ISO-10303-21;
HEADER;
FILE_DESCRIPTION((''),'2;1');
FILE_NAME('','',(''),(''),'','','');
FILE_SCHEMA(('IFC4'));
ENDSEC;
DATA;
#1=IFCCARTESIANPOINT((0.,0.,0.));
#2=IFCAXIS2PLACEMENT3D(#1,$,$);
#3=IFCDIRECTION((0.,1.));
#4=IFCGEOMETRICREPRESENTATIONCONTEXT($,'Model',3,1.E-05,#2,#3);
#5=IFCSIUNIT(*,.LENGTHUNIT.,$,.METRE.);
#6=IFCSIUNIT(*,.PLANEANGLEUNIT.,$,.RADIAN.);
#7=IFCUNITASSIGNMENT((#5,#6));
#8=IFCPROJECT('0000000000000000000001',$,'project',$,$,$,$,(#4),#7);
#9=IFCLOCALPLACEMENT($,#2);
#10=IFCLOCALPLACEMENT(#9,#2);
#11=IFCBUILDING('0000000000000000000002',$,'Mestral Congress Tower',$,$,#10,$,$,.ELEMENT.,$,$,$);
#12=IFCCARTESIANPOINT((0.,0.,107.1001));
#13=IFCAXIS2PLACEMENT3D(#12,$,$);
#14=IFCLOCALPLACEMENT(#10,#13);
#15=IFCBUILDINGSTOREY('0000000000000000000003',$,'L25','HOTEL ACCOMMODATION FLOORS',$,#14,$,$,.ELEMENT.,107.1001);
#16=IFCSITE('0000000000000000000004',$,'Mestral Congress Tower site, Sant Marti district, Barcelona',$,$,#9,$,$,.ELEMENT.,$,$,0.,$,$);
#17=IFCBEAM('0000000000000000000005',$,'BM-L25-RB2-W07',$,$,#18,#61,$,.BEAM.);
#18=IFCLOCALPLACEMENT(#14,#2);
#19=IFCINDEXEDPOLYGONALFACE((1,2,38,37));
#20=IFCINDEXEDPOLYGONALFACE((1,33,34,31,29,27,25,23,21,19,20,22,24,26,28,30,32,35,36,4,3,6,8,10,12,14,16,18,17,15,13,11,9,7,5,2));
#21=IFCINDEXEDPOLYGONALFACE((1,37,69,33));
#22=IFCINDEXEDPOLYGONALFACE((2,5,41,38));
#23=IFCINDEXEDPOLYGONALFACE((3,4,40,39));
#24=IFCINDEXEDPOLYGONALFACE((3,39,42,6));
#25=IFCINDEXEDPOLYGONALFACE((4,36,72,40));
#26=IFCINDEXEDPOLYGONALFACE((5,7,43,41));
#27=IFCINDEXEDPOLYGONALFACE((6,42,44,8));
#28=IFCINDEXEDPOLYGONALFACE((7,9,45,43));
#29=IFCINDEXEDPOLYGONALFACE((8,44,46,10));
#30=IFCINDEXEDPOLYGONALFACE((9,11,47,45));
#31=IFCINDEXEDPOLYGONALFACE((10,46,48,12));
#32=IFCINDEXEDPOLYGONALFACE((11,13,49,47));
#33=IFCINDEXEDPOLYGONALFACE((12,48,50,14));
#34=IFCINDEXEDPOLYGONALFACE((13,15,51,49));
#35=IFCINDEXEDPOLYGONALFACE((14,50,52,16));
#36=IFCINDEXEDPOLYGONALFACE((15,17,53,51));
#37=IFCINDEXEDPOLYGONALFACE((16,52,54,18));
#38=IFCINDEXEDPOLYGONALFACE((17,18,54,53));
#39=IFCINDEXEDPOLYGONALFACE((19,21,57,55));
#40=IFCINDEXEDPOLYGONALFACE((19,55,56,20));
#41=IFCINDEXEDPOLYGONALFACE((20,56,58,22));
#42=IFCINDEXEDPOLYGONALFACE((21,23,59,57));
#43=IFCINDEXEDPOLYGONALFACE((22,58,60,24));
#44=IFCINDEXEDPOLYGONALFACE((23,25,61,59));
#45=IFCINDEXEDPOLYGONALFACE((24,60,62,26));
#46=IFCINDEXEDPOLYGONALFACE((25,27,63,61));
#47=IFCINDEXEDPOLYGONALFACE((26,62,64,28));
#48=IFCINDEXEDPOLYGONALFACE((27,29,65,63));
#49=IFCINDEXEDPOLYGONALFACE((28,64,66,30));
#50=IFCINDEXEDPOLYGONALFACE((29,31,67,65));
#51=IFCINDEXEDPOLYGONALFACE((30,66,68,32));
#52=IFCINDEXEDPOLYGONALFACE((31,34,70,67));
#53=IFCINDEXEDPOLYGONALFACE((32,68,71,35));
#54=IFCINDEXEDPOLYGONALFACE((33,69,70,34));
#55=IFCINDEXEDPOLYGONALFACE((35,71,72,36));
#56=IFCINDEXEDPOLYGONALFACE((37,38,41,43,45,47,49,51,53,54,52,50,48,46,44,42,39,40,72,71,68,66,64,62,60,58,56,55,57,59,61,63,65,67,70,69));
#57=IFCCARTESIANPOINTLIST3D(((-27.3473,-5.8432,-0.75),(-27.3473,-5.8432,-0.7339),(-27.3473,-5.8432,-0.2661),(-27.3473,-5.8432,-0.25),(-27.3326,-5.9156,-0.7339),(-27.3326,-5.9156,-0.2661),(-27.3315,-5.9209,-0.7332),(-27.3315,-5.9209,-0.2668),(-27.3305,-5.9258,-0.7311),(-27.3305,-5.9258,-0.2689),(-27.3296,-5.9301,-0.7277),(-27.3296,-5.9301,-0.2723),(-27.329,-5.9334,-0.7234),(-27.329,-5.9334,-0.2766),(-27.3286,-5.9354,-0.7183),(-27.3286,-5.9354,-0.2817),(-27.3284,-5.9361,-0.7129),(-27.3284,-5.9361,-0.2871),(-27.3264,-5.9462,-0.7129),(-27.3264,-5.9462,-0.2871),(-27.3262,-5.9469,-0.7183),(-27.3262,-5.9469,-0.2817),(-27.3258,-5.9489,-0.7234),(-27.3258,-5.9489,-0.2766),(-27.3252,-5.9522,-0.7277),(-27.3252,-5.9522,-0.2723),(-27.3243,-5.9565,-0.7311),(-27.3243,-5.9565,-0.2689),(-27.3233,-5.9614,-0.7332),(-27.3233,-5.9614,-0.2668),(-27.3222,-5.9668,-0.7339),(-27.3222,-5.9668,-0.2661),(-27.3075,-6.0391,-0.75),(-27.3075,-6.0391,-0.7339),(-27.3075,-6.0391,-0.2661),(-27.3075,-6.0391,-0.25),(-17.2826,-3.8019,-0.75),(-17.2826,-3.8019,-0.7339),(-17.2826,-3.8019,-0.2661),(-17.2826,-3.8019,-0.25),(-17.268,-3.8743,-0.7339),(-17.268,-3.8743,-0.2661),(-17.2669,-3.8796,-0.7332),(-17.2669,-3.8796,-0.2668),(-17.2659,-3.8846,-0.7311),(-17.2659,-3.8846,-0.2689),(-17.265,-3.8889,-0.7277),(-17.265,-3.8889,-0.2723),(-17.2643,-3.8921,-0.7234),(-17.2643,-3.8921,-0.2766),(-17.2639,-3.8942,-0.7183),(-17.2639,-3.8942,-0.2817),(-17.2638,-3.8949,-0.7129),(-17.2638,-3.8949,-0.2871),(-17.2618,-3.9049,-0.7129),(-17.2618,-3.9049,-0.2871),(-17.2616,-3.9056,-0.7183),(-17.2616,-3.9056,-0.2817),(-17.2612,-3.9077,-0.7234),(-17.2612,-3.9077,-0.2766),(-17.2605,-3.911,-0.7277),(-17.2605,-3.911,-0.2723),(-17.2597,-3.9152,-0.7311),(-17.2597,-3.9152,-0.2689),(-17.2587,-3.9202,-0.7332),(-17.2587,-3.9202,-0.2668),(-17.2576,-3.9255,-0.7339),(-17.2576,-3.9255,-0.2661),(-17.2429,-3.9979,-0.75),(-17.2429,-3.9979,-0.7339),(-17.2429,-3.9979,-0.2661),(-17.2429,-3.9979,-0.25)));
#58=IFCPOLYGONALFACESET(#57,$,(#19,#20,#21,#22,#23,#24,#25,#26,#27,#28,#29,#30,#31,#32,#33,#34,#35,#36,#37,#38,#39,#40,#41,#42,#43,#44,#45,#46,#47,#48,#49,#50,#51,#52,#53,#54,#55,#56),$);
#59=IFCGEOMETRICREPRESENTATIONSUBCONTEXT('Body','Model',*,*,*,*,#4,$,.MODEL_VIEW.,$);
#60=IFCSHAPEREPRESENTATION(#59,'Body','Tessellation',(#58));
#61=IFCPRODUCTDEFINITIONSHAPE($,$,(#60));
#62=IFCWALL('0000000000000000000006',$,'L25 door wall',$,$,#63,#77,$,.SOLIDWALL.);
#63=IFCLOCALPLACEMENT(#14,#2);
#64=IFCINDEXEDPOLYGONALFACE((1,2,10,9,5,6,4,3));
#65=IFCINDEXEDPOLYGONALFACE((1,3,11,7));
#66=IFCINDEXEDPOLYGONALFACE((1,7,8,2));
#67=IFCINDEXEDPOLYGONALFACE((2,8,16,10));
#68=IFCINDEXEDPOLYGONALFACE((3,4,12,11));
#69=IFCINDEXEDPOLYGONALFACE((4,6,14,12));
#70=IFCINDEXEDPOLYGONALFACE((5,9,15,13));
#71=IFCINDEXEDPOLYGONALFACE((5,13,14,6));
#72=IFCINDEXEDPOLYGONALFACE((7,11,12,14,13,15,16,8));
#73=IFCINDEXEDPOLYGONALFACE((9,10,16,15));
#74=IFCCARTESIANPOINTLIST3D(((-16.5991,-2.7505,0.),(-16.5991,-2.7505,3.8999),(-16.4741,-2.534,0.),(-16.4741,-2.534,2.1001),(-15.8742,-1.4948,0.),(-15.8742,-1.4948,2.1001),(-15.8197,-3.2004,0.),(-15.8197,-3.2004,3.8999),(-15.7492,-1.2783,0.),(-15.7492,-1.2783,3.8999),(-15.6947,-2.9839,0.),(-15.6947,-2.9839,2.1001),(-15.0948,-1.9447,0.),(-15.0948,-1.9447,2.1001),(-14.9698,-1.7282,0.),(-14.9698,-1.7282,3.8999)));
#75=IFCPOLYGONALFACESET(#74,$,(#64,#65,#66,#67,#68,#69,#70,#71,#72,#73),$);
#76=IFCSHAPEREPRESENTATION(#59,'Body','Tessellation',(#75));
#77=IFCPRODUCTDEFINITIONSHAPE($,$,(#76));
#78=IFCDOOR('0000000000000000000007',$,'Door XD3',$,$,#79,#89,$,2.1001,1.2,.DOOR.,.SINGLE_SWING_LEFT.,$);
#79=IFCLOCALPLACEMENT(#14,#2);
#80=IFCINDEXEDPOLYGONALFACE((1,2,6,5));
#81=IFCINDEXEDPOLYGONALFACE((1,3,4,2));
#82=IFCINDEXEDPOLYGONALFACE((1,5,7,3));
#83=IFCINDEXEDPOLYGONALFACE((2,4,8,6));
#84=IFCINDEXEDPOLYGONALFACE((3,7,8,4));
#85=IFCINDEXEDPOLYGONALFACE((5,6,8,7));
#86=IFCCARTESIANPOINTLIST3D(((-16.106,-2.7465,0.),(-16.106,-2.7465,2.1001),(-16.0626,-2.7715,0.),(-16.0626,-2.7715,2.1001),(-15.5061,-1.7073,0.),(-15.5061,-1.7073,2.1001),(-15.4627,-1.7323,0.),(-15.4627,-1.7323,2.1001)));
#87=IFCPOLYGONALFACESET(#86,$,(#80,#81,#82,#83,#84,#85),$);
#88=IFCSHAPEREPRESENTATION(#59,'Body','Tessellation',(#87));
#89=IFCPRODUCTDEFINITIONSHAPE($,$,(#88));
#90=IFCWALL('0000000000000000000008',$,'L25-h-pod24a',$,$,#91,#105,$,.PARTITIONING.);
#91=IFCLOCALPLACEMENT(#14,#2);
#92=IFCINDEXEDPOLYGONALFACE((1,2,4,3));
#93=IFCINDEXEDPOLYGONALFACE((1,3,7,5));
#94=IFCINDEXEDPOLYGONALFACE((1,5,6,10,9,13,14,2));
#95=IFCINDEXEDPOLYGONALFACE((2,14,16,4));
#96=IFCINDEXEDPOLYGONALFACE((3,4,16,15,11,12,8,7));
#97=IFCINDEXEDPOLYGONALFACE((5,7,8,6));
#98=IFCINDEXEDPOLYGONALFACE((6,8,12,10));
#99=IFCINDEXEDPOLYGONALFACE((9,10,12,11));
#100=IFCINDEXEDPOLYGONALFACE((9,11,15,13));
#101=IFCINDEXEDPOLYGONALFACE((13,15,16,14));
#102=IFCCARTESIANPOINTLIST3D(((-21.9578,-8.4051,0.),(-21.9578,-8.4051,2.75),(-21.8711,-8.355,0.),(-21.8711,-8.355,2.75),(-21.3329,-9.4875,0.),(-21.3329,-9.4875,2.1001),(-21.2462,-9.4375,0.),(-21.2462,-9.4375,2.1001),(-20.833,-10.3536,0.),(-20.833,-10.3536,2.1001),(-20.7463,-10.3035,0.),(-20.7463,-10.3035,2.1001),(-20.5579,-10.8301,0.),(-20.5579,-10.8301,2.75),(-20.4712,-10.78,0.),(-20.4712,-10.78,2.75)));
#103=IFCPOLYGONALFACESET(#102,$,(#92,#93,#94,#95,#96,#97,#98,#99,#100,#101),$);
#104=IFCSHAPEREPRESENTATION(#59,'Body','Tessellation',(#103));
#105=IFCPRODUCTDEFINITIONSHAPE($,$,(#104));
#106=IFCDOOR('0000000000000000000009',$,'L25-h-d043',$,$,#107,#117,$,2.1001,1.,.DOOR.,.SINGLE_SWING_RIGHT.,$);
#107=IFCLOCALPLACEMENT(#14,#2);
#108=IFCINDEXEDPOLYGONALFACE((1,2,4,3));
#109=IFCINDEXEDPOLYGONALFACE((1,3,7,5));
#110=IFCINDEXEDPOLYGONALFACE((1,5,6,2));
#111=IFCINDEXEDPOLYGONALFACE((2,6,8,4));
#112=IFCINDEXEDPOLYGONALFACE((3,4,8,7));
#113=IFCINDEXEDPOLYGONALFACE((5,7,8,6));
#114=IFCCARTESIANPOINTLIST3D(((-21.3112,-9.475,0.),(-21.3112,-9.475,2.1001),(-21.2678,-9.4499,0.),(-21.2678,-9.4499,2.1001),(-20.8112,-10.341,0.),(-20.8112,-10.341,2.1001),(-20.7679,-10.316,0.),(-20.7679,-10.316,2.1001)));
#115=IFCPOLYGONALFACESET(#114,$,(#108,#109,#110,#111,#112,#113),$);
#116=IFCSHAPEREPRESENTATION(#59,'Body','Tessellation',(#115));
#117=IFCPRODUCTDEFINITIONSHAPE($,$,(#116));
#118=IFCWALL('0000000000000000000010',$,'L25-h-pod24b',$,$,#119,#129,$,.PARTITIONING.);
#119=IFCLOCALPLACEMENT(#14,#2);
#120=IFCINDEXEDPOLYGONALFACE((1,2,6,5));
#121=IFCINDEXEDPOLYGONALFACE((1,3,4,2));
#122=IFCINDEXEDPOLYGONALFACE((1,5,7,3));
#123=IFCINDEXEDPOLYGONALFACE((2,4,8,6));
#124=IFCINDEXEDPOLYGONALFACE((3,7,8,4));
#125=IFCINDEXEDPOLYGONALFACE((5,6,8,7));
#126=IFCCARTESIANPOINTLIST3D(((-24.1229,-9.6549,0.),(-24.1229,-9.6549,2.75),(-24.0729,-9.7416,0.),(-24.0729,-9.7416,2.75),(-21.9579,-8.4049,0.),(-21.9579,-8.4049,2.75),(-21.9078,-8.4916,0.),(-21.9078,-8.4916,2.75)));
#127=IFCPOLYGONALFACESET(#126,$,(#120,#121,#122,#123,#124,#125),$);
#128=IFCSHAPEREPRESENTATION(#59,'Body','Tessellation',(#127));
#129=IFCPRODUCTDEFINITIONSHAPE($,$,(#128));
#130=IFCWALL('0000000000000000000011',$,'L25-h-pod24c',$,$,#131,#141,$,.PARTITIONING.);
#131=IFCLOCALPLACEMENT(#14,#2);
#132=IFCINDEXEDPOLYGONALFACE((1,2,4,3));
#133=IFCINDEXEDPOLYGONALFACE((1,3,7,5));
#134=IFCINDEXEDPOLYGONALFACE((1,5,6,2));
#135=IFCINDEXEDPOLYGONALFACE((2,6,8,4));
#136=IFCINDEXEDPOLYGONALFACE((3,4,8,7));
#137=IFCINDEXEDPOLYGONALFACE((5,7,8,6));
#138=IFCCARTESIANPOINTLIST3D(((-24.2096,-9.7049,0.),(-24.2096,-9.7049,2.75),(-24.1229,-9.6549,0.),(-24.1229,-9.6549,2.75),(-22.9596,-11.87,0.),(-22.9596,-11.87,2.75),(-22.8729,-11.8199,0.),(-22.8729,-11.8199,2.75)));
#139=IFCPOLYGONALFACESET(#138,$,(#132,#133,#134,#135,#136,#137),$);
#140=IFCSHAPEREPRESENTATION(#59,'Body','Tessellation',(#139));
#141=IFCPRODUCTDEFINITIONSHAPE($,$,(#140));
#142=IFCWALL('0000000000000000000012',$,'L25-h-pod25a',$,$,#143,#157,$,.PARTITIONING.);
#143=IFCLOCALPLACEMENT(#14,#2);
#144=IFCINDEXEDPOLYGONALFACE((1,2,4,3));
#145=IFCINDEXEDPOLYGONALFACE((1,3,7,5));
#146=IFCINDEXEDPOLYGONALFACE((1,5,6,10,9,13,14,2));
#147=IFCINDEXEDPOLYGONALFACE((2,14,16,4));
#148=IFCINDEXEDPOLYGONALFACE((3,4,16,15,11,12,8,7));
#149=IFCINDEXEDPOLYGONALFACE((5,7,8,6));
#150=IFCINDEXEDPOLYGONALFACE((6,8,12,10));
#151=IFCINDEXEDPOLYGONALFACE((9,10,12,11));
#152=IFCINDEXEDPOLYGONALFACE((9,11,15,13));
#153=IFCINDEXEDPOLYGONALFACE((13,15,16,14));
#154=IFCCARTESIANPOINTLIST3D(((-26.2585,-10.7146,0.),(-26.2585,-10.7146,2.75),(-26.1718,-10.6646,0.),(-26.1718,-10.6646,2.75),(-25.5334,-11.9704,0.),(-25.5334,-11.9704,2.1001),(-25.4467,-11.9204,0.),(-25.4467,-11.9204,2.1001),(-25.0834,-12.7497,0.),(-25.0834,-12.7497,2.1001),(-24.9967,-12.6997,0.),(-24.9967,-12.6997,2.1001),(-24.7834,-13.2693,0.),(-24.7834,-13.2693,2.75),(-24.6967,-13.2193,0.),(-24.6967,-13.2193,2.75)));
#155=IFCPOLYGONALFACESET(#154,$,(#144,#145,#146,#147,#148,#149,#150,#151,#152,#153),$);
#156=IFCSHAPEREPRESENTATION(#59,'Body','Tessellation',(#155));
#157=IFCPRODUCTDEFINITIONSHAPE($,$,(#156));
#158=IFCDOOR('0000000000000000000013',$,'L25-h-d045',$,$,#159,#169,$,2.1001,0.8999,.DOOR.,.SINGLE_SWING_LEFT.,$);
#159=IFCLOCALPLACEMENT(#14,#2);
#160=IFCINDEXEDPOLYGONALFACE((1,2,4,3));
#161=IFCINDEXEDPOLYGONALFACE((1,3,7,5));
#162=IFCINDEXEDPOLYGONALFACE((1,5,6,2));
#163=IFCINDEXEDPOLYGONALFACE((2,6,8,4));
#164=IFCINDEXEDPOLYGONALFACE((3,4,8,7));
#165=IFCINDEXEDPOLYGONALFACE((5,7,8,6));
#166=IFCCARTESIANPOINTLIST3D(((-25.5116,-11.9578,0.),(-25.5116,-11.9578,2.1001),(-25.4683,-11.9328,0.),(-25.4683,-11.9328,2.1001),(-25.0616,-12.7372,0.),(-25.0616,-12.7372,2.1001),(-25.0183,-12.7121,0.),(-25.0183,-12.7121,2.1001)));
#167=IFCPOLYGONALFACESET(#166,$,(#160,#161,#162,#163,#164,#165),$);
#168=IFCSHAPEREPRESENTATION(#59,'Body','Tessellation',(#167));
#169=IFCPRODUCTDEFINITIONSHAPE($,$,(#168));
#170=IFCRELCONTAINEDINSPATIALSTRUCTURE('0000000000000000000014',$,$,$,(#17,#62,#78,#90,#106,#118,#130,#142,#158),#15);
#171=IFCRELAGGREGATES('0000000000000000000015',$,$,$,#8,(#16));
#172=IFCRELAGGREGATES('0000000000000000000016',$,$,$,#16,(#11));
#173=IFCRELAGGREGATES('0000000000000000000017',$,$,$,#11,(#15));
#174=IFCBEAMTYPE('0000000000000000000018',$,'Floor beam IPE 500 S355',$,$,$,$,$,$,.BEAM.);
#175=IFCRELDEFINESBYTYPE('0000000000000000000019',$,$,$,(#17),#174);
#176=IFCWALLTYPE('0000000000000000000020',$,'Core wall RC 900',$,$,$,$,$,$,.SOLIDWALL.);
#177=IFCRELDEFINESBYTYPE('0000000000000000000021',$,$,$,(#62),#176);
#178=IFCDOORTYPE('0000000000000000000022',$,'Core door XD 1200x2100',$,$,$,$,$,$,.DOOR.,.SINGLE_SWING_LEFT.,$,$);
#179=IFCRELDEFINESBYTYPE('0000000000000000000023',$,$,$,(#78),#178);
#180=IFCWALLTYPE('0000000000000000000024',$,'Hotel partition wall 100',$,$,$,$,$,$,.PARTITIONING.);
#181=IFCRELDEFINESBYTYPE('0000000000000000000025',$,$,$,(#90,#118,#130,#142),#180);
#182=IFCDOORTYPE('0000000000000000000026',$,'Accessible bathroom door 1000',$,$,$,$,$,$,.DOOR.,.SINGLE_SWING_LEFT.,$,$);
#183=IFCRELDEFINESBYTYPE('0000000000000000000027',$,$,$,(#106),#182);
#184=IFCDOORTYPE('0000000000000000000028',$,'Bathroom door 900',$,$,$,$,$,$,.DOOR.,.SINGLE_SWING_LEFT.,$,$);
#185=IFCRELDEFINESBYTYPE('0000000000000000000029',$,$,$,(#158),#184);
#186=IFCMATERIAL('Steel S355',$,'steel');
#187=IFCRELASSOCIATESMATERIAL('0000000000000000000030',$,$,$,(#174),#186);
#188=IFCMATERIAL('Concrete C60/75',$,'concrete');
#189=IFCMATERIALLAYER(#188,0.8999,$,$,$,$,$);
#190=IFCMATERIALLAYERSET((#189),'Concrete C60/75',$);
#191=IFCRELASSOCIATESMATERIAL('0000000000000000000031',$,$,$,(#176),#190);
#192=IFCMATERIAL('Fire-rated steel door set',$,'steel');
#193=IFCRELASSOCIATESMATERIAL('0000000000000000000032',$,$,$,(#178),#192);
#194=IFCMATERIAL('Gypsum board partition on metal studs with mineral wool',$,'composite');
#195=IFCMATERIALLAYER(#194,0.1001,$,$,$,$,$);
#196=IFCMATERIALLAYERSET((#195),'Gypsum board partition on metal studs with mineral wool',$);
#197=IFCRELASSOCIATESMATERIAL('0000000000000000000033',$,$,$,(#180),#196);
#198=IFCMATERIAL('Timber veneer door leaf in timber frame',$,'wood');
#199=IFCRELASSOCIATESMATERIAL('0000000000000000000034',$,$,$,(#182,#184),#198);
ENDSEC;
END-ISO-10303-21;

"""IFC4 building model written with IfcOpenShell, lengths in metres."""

from ifc_helpers import new_model, si_unit, direction, frame, frame_2d, origin, origin_2d, place, context, subcontext, project, spatial, rectangle, i_section, extrude, material, layer, layer_set, material_profile, profile_set, type_object, element, fill, save


model = new_model("IFC4")

# Units and contexts
model_context = context("Model", 3, precision=1e-05, world=origin(), true_north=direction((0.0, 1.0)))
body_context = subcontext(model_context, "Body", "Model", "MODEL_VIEW")
ifc_project = project(units=[si_unit("LENGTHUNIT", "METRE"), si_unit("PLANEANGLEUNIT", "RADIAN")], contexts=[model_context])

# Site, building, storey
site_placement = place(None, origin())
site = spatial("IfcSite", under=ifc_project, at=site_placement, Name="Mestral Congress Tower site, Sant Marti district, Barcelona", CompositionType="ELEMENT", RefElevation=0.0)
building_placement = place(site_placement, origin())
building = spatial("IfcBuilding", under=site, at=building_placement, Name="Mestral Congress Tower", CompositionType="ELEMENT")
storey_placement = place(building_placement, frame((0.0, 0.0, 107.1001)))
storey = spatial("IfcBuildingStorey", under=building, at=storey_placement, Name="L25", Description="HOTEL ACCOMMODATION FLOORS", CompositionType="ELEMENT", Elevation=107.1001)

# Beam
ifc_material_1 = material(Name="Steel S355", Category="steel")
ifc_material_profile = material_profile(ifc_material_1, i_section(OverallWidth=0.2, OverallDepth=0.5, WebThickness=0.0103, FlangeThickness=0.0161, FilletRadius=0.021, at=origin_2d()), Name="IPE 500")
ifc_profile_set = profile_set([ifc_material_profile], Name="Steel S355")
beam_type = type_object("IfcBeamType", Name="Floor beam IPE 500 S355", PredefinedType="BEAM", material=ifc_profile_set)
beam_placement = place(storey_placement, frame((-27.3274, -5.9412, -0.5), z_axis=(0.980047, 0.198767, 0.0), x_axis=(-0.198767, 0.980047, 0.0)))
element("IfcBeam", 1, at=beam_placement, inside=storey, type_object=beam_type, Name="BM-L25-RB2-W07", PredefinedType="BEAM", context=body_context, shape_type="SweptSolid", body=[
    extrude(i_section(OverallWidth=0.2, OverallDepth=0.5, WebThickness=0.0103, FlangeThickness=0.0161, FilletRadius=0.021, at=origin_2d()), origin(), (0.0, 0.0, 1.0), 10.2695),
])

# Walls, openings, doors
ifc_material_2 = material(Name="Concrete C60/75", Category="concrete")
ifc_layer_1 = layer(ifc_material_2, 0.8999)
ifc_layer_set_1 = layer_set([ifc_layer_1], Name="Concrete C60/75")
wall_type_1 = type_object("IfcWallType", Name="Core wall RC 900", PredefinedType="SOLIDWALL", material=ifc_layer_set_1)
wall_1_placement = place(storey_placement, frame((-16.2095, -2.9756, 0.0), z_axis=(0.0, 0.0, 1.0), x_axis=(0.499955, 0.866052, 0.0)))
wall_1 = element("IfcWall", 2, at=wall_1_placement, inside=storey, type_object=wall_type_1, Name="L25 door wall", PredefinedType="SOLIDWALL", context=body_context, shape_type="SweptSolid", body=[
    extrude(rectangle(XDim=1.7, YDim=0.8999, at=frame_2d((0.8501, 0.0))), origin(), (0.0, 0.0, 1.0), 3.8999),
])
opening_1_placement = place(wall_1_placement, frame((0.25, 0.0, 0.0)))
opening_1 = element("IfcOpeningElement", 3, at=opening_1_placement, cuts=wall_1, PredefinedType="OPENING", context=body_context, shape_type="SweptSolid", body=[
    extrude(rectangle(XDim=1.2, YDim=2.1001, at=frame_2d((0.6001, 1.05))), frame((0.0, 0.46, 0.0), z_axis=(0.0, -1.0, 0.0), x_axis=(1.0, 0.0, 0.0)), (0.0, 0.0, 1.0), 0.9199),
])
ifc_material_3 = material(Name="Fire-rated steel door set", Category="steel")
door_type_1 = type_object("IfcDoorType", Name="Core door XD 1200x2100", OperationType="SINGLE_SWING_LEFT", PredefinedType="DOOR", material=ifc_material_3)
door_1_placement = place(opening_1_placement, origin())
door_1 = element("IfcDoor", 4, at=door_1_placement, inside=storey, type_object=door_type_1, Name="Door XD3", OperationType="SINGLE_SWING_LEFT", OverallHeight=2.1001, OverallWidth=1.2, PredefinedType="DOOR", context=body_context, shape_type="SweptSolid", body=[
    extrude(rectangle(XDim=1.2, YDim=2.1001, at=frame_2d((0.6001, 1.05))), frame((0.0, 0.0249, 0.0), z_axis=(0.0, -1.0, 0.0), x_axis=(1.0, 0.0, 0.0)), (0.0, 0.0, 1.0), 0.05),
])
fill(opening_1, door_1)
ifc_material_4 = material(Name="Gypsum board partition on metal studs with mineral wool", Category="composite")
ifc_layer_2 = layer(ifc_material_4, 0.1001)
ifc_layer_set_2 = layer_set([ifc_layer_2], Name="Gypsum board partition on metal studs with mineral wool")
wall_type_2 = type_object("IfcWallType", Name="Hotel partition wall 100", PredefinedType="PARTITIONING", material=ifc_layer_set_2)
wall_2_placement = place(storey_placement, frame((-20.5146, -10.8049, 0.0), z_axis=(0.0, 0.0, 1.0), x_axis=(-0.499946, 0.866056, 0.0)))
wall_2 = element("IfcWall", 5, at=wall_2_placement, inside=storey, type_object=wall_type_2, Name="L25-h-pod24a", PredefinedType="PARTITIONING", context=body_context, shape_type="SweptSolid", body=[
    extrude(rectangle(XDim=2.8, YDim=0.1001, at=frame_2d((1.3999, 0.0))), origin(), (0.0, 0.0, 1.0), 2.75),
])
opening_2_placement = place(wall_2_placement, frame((0.55, 0.0, 0.0)))
opening_2 = element("IfcOpeningElement", 6, at=opening_2_placement, cuts=wall_2, PredefinedType="OPENING", context=body_context, shape_type="SweptSolid", body=[
    extrude(rectangle(XDim=1.0, YDim=2.1001, at=frame_2d((0.5, 1.05))), frame((0.0, 0.0601, 0.0), z_axis=(0.0, -1.0, 0.0), x_axis=(1.0, 0.0, 0.0)), (0.0, 0.0, 1.0), 0.1201),
])
ifc_material_5 = material(Name="Timber veneer door leaf in timber frame", Category="wood")
door_type_2 = type_object("IfcDoorType", Name="Accessible bathroom door 1000", OperationType="SINGLE_SWING_LEFT", PredefinedType="DOOR", material=ifc_material_5)
door_2_placement = place(opening_2_placement, origin())
door_2 = element("IfcDoor", 7, at=door_2_placement, inside=storey, type_object=door_type_2, Name="L25-h-d043", OperationType="SINGLE_SWING_RIGHT", OverallHeight=2.1001, OverallWidth=1.0, PredefinedType="DOOR", context=body_context, shape_type="SweptSolid", body=[
    extrude(rectangle(XDim=1.0, YDim=2.1001, at=frame_2d((0.5, 1.05))), frame((0.0, 0.0249, 0.0), z_axis=(0.0, -1.0, 0.0), x_axis=(1.0, 0.0, 0.0)), (0.0, 0.0, 1.0), 0.05),
])
fill(opening_2, door_2)

# Walls
for number, where, z_axis, x_axis, name in (
    (8, (-21.9329, -8.4482, 0.0), (0.0, 0.0, 1.0), (-0.866023, -0.500004, 0.0), "L25-h-pod24b"),
    (9, (-22.9163, -11.845, 0.0), (0.0, 0.0, 1.0), (-0.500004, 0.866023, 0.0), "L25-h-pod24c"),
):
    element("IfcWall", number, at=place(storey_placement, frame(where, z_axis=z_axis, x_axis=x_axis)), inside=storey, type_object=wall_type_2, Name=name, PredefinedType="PARTITIONING", context=body_context, shape_type="SweptSolid", body=[
        extrude(rectangle(XDim=2.5, YDim=0.1001, at=frame_2d((1.25, 0.0))), origin(), (0.0, 0.0, 1.0), 2.75),
    ])

# Wall, opening, door
wall_3_placement = place(storey_placement, frame((-24.74, -13.2444, 0.0), z_axis=(0.0, 0.0, 1.0), x_axis=(-0.500038, 0.866004, 0.0)))
wall_3 = element("IfcWall", 10, at=wall_3_placement, inside=storey, type_object=wall_type_2, Name="L25-h-pod25a", PredefinedType="PARTITIONING", context=body_context, shape_type="SweptSolid", body=[
    extrude(rectangle(XDim=2.95, YDim=0.1001, at=frame_2d((1.4751, 0.0))), origin(), (0.0, 0.0, 1.0), 2.75),
])
opening_3_placement = place(wall_3_placement, frame((0.6001, 0.0, 0.0)))
opening_3 = element("IfcOpeningElement", 11, at=opening_3_placement, cuts=wall_3, PredefinedType="OPENING", context=body_context, shape_type="SweptSolid", body=[
    extrude(rectangle(XDim=0.8999, YDim=2.1001, at=frame_2d((0.45, 1.05))), frame((0.0, 0.0601, 0.0), z_axis=(0.0, -1.0, 0.0), x_axis=(1.0, 0.0, 0.0)), (0.0, 0.0, 1.0), 0.1201),
])
door_type_3 = type_object("IfcDoorType", Name="Bathroom door 900", OperationType="SINGLE_SWING_LEFT", PredefinedType="DOOR", material=ifc_material_5)
door_3_placement = place(opening_3_placement, origin())
door_3 = element("IfcDoor", 12, at=door_3_placement, inside=storey, type_object=door_type_3, Name="L25-h-d045", OperationType="SINGLE_SWING_LEFT", OverallHeight=2.1001, OverallWidth=0.8999, PredefinedType="DOOR", context=body_context, shape_type="SweptSolid", body=[
    extrude(rectangle(XDim=0.8999, YDim=2.1001, at=frame_2d((0.45, 1.05))), frame((0.0, 0.0249, 0.0), z_axis=(0.0, -1.0, 0.0), x_axis=(1.0, 0.0, 0.0)), (0.0, 0.0, 1.0), 0.05),
])
fill(opening_3, door_3)

save(model, "model.ifc")
